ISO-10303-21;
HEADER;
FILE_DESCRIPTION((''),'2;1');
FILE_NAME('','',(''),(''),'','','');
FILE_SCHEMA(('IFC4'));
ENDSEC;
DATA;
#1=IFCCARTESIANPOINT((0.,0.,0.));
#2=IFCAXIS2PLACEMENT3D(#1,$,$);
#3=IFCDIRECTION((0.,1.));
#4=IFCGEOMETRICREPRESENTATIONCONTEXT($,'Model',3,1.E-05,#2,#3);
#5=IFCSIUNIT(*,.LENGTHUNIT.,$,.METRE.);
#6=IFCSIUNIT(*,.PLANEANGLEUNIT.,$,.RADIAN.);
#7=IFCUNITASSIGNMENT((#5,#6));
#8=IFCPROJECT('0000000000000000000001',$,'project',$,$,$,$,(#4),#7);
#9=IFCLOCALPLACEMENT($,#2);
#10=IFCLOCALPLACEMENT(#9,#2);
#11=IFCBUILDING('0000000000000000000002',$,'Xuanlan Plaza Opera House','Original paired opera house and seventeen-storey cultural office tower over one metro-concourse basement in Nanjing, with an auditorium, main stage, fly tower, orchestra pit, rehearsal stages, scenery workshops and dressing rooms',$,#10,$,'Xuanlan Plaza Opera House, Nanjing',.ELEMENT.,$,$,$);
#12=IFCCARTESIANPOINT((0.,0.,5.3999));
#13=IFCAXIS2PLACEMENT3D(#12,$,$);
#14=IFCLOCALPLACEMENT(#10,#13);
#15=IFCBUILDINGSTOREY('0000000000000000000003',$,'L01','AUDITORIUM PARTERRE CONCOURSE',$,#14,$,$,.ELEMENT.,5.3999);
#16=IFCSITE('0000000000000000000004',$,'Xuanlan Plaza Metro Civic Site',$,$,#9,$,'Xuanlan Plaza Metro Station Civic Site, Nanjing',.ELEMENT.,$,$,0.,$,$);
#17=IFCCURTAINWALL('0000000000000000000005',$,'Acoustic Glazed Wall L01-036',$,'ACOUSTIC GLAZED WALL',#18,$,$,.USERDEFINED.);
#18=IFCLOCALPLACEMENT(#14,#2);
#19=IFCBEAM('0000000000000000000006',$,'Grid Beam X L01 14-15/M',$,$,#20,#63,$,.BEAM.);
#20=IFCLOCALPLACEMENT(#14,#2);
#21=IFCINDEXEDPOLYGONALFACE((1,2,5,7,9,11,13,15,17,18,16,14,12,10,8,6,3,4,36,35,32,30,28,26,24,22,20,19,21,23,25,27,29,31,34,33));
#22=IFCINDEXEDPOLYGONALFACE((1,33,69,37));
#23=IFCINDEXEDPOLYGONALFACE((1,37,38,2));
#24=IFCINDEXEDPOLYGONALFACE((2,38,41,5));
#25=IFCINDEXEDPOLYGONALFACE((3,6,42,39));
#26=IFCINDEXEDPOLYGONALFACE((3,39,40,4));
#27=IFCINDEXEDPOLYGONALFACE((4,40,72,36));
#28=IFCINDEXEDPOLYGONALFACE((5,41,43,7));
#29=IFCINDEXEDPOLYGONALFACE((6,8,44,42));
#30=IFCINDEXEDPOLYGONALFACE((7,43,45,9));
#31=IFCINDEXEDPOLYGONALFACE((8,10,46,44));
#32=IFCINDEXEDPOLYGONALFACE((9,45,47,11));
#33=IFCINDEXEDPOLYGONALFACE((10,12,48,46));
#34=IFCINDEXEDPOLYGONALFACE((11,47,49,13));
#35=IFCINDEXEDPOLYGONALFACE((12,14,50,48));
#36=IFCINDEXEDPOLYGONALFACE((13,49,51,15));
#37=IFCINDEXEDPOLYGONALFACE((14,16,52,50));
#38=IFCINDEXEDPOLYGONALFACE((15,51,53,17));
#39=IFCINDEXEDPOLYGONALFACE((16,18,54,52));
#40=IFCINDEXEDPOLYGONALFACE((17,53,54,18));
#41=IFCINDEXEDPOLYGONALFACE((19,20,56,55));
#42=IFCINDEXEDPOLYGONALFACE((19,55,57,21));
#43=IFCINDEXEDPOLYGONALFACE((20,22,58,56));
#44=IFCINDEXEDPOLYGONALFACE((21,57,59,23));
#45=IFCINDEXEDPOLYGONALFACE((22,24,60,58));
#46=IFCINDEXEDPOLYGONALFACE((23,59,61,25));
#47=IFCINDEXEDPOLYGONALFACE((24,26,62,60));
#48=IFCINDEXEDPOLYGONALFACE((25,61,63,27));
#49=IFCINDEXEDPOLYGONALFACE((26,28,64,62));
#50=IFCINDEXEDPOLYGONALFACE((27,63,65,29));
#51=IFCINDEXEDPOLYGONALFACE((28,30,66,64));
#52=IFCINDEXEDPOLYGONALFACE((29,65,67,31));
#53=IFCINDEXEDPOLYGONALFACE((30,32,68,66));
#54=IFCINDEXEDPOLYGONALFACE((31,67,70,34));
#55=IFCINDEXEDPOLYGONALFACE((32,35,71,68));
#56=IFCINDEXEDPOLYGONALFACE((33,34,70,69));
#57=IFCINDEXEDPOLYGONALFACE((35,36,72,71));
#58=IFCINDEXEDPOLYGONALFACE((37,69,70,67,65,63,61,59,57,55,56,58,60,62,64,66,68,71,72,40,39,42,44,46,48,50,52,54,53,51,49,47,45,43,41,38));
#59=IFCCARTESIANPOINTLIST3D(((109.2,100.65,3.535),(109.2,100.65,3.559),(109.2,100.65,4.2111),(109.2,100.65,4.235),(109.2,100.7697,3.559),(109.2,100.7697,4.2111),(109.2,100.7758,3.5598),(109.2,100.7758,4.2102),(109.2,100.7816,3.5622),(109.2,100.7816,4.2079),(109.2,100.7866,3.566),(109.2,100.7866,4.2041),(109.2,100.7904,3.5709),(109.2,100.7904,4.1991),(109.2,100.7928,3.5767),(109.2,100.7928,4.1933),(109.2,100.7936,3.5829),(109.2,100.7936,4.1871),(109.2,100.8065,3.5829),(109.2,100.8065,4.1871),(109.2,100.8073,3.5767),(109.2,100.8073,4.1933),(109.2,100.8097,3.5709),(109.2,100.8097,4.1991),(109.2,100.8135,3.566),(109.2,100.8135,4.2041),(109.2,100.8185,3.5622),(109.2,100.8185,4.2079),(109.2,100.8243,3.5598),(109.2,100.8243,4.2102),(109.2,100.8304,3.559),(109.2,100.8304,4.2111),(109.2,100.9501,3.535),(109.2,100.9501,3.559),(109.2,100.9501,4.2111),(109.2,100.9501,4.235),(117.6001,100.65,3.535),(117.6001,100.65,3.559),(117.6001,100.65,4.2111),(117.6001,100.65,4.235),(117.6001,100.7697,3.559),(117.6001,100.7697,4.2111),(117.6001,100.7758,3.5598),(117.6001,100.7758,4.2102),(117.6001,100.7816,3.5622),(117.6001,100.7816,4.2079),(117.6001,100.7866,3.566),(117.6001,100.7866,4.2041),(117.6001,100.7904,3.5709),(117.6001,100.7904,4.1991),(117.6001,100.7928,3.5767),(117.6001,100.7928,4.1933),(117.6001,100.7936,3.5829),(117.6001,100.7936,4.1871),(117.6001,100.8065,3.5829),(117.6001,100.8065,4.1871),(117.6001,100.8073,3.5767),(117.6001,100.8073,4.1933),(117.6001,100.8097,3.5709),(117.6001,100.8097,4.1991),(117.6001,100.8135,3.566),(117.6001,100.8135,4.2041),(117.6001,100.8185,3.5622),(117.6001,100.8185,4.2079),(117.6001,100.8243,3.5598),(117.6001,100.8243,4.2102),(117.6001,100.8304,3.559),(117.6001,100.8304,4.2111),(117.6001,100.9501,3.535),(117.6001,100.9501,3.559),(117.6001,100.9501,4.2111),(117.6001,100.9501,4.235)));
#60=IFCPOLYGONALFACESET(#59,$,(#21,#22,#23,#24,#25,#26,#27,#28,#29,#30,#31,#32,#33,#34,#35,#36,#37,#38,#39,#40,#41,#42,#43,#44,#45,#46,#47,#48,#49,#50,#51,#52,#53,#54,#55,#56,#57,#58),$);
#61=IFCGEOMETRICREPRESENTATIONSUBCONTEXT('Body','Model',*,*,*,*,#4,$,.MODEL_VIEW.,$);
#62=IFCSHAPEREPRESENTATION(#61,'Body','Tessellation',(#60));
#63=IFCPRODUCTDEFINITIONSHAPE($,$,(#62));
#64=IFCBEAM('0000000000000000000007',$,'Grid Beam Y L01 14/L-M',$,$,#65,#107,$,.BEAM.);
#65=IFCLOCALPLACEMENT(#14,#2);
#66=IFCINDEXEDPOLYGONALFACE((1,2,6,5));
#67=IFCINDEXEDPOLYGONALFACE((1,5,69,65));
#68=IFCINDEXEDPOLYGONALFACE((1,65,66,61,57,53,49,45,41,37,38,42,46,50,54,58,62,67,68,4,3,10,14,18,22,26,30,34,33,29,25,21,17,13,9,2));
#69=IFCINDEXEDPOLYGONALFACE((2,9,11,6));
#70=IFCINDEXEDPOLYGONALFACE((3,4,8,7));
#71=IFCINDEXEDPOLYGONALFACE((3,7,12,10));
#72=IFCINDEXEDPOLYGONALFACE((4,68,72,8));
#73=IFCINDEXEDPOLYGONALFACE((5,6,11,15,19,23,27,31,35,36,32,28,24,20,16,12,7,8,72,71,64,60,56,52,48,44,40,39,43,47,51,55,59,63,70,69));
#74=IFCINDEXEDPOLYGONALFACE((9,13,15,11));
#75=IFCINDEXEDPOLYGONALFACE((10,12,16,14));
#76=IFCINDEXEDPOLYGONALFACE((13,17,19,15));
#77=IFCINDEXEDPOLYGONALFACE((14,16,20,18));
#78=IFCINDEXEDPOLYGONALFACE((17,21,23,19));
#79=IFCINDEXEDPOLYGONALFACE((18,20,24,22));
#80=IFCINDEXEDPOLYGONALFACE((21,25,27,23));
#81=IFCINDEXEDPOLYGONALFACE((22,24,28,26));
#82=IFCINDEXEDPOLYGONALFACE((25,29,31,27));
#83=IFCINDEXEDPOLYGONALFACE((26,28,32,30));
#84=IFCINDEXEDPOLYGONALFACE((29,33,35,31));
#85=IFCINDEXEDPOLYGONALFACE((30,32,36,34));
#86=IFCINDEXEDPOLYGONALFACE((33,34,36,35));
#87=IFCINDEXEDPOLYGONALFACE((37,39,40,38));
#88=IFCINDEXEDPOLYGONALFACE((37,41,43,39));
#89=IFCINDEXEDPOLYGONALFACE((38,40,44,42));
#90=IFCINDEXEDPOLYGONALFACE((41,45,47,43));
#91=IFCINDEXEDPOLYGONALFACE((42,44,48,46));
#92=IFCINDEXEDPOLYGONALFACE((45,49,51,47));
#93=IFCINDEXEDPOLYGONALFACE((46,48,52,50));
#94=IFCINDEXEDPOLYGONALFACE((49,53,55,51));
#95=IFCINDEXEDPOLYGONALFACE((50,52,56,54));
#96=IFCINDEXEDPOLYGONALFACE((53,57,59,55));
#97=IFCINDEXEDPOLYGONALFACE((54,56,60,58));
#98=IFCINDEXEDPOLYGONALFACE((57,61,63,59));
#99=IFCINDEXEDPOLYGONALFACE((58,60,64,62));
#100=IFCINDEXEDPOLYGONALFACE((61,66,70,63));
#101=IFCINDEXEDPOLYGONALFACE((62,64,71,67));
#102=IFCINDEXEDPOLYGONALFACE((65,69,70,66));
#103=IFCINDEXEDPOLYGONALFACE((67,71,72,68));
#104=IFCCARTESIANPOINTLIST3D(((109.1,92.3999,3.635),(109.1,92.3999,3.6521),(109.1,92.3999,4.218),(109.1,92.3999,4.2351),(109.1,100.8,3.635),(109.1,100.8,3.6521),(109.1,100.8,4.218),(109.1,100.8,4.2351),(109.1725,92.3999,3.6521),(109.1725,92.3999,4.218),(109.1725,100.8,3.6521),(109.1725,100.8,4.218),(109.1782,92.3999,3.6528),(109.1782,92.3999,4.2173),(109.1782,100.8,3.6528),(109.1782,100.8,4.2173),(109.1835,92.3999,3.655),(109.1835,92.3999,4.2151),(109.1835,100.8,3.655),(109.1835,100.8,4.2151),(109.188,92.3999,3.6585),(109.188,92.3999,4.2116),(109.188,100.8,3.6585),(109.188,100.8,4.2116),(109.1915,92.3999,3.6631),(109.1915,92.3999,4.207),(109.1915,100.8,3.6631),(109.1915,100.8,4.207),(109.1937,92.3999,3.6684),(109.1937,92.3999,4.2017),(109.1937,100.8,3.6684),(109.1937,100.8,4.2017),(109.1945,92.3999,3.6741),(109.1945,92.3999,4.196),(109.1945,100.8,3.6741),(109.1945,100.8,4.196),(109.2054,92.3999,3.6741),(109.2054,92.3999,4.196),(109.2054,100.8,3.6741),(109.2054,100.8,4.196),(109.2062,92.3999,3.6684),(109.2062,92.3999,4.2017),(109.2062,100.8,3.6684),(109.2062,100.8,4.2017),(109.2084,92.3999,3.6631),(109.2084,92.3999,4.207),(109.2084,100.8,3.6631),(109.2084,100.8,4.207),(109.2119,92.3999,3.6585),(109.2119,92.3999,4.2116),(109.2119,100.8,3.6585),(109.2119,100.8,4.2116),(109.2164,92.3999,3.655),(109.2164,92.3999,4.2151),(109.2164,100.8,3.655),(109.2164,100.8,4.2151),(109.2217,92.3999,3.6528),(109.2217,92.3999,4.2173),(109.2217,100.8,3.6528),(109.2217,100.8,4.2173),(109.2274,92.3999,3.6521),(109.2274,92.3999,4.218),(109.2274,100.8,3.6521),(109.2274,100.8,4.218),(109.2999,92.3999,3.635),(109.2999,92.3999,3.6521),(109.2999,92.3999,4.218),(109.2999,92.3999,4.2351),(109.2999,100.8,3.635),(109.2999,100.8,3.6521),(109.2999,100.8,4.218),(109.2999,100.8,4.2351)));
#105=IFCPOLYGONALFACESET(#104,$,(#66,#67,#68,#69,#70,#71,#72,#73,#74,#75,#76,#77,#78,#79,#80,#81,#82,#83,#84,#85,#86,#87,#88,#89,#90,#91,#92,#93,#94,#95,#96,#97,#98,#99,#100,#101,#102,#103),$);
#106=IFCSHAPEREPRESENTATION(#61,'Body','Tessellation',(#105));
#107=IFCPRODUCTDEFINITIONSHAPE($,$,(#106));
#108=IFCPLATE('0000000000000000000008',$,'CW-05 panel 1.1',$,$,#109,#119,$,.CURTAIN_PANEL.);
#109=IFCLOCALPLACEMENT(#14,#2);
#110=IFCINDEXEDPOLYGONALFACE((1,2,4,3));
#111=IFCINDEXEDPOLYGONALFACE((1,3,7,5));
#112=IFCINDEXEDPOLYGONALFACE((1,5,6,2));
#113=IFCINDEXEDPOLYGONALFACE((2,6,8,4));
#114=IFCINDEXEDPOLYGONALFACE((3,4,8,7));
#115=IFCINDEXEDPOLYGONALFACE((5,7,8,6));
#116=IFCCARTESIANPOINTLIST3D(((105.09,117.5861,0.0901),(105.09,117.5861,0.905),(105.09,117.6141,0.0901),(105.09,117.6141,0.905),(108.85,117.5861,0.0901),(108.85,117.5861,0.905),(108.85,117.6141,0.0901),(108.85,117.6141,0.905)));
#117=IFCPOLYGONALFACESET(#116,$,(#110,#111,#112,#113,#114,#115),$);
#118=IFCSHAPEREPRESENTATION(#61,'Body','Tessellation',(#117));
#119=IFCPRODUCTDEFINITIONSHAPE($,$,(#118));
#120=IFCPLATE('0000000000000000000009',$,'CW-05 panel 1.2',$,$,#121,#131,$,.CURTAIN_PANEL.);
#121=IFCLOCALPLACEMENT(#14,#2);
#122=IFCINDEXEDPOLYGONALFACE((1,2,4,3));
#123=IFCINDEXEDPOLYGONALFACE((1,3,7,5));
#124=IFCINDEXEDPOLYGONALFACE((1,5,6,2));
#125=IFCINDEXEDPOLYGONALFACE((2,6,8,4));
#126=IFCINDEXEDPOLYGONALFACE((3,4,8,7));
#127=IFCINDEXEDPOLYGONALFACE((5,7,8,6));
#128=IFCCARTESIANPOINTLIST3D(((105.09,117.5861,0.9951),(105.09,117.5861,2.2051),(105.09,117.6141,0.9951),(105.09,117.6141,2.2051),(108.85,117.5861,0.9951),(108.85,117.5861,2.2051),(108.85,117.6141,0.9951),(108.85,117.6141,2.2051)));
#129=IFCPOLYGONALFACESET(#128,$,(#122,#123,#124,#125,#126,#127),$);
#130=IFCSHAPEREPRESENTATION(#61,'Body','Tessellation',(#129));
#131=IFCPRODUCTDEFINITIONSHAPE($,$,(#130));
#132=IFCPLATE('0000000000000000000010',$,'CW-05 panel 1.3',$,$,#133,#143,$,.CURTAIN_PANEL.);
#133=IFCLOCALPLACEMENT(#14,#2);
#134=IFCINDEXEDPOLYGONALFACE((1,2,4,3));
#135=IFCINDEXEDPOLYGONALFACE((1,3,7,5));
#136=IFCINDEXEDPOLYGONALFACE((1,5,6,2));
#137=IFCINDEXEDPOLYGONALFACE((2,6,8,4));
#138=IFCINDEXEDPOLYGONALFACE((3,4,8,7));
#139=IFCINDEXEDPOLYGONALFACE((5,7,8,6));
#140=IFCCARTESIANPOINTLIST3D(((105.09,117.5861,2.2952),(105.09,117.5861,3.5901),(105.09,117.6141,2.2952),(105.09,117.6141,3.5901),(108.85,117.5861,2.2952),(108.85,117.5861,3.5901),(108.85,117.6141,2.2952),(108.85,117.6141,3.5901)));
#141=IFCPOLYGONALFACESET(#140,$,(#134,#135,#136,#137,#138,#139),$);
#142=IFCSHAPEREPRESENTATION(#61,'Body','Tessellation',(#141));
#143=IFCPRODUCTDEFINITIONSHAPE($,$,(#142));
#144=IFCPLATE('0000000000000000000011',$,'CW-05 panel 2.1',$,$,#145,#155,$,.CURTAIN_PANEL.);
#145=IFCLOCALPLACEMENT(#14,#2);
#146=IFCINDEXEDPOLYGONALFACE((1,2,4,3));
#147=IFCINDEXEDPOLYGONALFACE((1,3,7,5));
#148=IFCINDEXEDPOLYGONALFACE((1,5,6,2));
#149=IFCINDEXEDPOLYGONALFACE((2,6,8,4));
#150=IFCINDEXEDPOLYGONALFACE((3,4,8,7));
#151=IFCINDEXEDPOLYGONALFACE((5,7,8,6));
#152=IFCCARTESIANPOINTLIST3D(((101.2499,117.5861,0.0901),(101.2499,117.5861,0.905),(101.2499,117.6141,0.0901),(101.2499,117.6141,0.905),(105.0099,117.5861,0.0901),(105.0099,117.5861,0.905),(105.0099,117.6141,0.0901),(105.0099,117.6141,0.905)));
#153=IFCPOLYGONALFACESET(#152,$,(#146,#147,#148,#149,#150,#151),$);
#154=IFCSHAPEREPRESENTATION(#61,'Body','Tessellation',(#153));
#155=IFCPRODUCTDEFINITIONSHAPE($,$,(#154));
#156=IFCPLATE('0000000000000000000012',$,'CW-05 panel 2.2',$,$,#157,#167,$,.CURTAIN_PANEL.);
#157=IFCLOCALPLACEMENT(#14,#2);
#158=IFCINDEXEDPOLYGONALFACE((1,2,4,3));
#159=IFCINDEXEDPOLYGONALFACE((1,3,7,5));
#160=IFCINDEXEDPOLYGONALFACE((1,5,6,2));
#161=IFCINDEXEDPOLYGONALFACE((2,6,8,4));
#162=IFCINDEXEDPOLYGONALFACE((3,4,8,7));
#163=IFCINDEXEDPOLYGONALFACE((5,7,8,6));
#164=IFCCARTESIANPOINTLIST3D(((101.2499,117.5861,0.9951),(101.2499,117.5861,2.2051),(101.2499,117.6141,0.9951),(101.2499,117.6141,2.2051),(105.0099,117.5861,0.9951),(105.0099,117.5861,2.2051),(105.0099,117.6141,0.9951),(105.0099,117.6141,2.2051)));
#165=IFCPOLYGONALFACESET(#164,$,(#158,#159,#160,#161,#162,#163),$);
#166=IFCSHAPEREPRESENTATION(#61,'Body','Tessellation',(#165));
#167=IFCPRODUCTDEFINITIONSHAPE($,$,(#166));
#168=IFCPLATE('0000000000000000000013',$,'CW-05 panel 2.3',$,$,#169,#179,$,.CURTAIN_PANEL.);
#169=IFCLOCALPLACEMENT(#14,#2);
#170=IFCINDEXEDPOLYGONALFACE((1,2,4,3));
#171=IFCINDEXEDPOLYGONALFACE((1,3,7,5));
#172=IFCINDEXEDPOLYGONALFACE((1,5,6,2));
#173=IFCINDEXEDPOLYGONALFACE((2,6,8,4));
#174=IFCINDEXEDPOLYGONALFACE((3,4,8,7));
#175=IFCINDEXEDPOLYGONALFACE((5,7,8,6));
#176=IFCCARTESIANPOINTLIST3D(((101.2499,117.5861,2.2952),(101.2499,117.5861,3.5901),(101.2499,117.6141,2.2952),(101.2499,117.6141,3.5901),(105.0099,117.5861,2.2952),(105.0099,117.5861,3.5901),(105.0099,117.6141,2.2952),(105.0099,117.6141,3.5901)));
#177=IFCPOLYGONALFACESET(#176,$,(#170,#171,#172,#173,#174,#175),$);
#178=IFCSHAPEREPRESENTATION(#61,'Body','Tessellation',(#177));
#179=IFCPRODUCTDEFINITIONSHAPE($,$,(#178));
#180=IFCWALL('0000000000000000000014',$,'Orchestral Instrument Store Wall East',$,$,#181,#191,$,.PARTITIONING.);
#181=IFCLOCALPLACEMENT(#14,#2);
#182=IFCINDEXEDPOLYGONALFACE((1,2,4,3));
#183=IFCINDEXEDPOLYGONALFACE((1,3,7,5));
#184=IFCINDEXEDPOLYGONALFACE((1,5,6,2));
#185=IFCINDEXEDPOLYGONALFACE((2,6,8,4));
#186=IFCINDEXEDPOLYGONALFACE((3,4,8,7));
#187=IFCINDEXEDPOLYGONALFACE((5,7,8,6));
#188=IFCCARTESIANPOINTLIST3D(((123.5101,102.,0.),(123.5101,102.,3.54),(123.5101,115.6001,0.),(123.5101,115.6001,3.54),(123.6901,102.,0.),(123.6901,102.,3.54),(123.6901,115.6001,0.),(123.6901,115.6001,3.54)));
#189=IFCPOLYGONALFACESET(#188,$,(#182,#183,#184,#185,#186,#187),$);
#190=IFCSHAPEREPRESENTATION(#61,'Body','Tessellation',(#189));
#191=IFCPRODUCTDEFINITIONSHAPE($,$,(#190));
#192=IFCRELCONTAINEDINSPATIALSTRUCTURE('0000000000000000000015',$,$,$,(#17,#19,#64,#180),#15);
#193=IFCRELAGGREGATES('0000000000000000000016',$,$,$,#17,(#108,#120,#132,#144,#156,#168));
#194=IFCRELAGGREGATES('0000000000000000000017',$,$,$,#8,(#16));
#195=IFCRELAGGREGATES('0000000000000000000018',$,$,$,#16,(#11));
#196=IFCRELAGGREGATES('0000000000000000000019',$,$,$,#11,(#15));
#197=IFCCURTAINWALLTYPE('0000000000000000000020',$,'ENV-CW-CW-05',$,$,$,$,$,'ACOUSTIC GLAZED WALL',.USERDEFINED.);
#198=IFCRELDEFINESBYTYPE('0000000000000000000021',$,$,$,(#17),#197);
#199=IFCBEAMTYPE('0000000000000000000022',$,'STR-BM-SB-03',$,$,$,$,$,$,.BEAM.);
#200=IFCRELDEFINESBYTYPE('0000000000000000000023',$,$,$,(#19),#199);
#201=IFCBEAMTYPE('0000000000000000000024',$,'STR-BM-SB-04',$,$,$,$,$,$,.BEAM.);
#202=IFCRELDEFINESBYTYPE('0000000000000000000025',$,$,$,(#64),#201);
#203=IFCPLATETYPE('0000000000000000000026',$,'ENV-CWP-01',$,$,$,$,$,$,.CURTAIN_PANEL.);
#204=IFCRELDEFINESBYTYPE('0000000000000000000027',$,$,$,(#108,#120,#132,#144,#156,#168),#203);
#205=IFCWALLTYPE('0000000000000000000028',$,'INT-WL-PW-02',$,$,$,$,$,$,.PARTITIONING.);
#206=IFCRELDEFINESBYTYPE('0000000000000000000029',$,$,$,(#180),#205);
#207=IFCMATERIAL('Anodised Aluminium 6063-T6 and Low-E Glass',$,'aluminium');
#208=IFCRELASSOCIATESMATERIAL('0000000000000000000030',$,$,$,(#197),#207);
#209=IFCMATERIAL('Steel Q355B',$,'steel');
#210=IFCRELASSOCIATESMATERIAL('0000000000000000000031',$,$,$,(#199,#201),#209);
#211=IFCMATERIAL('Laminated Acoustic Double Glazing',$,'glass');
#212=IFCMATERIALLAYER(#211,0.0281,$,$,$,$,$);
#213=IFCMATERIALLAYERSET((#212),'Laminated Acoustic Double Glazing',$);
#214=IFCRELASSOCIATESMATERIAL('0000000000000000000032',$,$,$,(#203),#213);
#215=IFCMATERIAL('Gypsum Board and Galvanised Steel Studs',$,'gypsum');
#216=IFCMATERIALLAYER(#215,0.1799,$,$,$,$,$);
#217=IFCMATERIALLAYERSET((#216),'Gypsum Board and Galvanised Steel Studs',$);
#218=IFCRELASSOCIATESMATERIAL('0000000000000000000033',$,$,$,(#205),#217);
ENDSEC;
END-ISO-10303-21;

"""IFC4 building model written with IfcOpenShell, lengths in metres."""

from ifc_helpers import new_model, si_unit, direction, frame, frame_2d, origin, origin_2d, place, context, subcontext, project, spatial, rectangle, i_section, extrude, material, layer, layer_set, material_profile, profile_set, type_object, element, aggregate, save


model = new_model("IFC4")

# Units and contexts
model_context = context("Model", 3, precision=1e-05, world=origin(), true_north=direction((0.0, 1.0)))
body_context = subcontext(model_context, "Body", "Model", "MODEL_VIEW")
ifc_project = project(units=[si_unit("LENGTHUNIT", "METRE"), si_unit("PLANEANGLEUNIT", "RADIAN")], contexts=[model_context])

# Site, building, storey
site_placement = place(None, origin())
site = spatial("IfcSite", under=ifc_project, at=site_placement, Name="Xuanlan Plaza Metro Civic Site", LongName="Xuanlan Plaza Metro Station Civic Site, Nanjing", CompositionType="ELEMENT", RefElevation=0.0)
building_placement = place(site_placement, origin())
building = spatial("IfcBuilding", under=site, at=building_placement, Name="Xuanlan Plaza Opera House", Description="Original paired opera house and seventeen-storey cultural office tower over one metro-concourse basement in Nanjing, with an auditorium, main stage, fly tower, orchestra pit, rehearsal stages, scenery workshops and dressing rooms", LongName="Xuanlan Plaza Opera House, Nanjing", CompositionType="ELEMENT")
storey_placement = place(building_placement, frame((0.0, 0.0, 5.3999)))
storey = spatial("IfcBuildingStorey", under=building, at=storey_placement, Name="L01", Description="AUDITORIUM PARTERRE CONCOURSE", CompositionType="ELEMENT", Elevation=5.3999)

# Curtain wall
ifc_material_1 = material(Name="Anodised Aluminium 6063-T6 and Low-E Glass", Category="aluminium")
curtain_wall_type = type_object("IfcCurtainWallType", Name="ENV-CW-CW-05", ElementType="ACOUSTIC GLAZED WALL", PredefinedType="USERDEFINED", material=ifc_material_1)
curtain_wall_placement = place(storey_placement, origin())
curtain_wall = element("IfcCurtainWall", 1, at=curtain_wall_placement, inside=storey, type_object=curtain_wall_type, Name="Acoustic Glazed Wall L01-036", ObjectType="ACOUSTIC GLAZED WALL", PredefinedType="USERDEFINED")

# Beams
ifc_material_2 = material(Name="Steel Q355B", Category="steel")
ifc_material_profile_1 = material_profile(ifc_material_2, i_section(OverallWidth=0.3, OverallDepth=0.7, WebThickness=0.0129, FlangeThickness=0.0239, FilletRadius=0.0239, at=origin_2d()), Name="HN 700x300x13x24")
ifc_profile_set_1 = profile_set([ifc_material_profile_1], Name="Steel Q355B")
beam_type_1 = type_object("IfcBeamType", Name="STR-BM-SB-03", PredefinedType="BEAM", material=ifc_profile_set_1)
beam_1_placement = place(storey_placement, frame((109.2, 100.8, 3.885), z_axis=(1.0, 0.0, 0.0), x_axis=(0.0, 1.0, 0.0)))
element("IfcBeam", 2, at=beam_1_placement, inside=storey, type_object=beam_type_1, Name="Grid Beam X L01 14-15/M", PredefinedType="BEAM", context=body_context, shape_type="SweptSolid", body=[
    extrude(i_section(OverallWidth=0.3, OverallDepth=0.7, WebThickness=0.0129, FlangeThickness=0.0239, FilletRadius=0.0239, at=origin_2d()), origin(), (0.0, 0.0, 1.0), 8.4001),
])
ifc_material_profile_2 = material_profile(ifc_material_2, i_section(OverallWidth=0.2, OverallDepth=0.6001, WebThickness=0.011, FlangeThickness=0.0171, FilletRadius=0.022, at=origin_2d()), Name="HN 600x200x11x17")
ifc_profile_set_2 = profile_set([ifc_material_profile_2], Name="Steel Q355B")
beam_type_2 = type_object("IfcBeamType", Name="STR-BM-SB-04", PredefinedType="BEAM", material=ifc_profile_set_2)
beam_2_placement = place(storey_placement, frame((109.2, 92.3999, 3.9351), z_axis=(0.0, 1.0, 0.0), x_axis=(-1.0, 0.0, 0.0)))
element("IfcBeam", 3, at=beam_2_placement, inside=storey, type_object=beam_type_2, Name="Grid Beam Y L01 14/L-M", PredefinedType="BEAM", context=body_context, shape_type="SweptSolid", body=[
    extrude(i_section(OverallWidth=0.2, OverallDepth=0.6001, WebThickness=0.011, FlangeThickness=0.0171, FilletRadius=0.022, at=origin_2d()), origin(), (0.0, 0.0, 1.0), 8.4001),
])

# Plates
ifc_material_3 = material(Name="Laminated Acoustic Double Glazing", Category="glass")
ifc_layer_1 = layer(ifc_material_3, 0.0281)
ifc_layer_set_1 = layer_set([ifc_layer_1], Name="Laminated Acoustic Double Glazing")
plate_type = type_object("IfcPlateType", Name="ENV-CWP-01", PredefinedType="CURTAIN_PANEL", material=ifc_layer_set_1)
plate_1_placement = place(storey_placement, frame((106.97, 117.6001, 0.0901), z_axis=(0.0, 0.0, 1.0), x_axis=(-1.0, 0.0, 0.0)))
plate_1 = element("IfcPlate", 4, at=plate_1_placement, type_object=plate_type, Name="CW-05 panel 1.1", PredefinedType="CURTAIN_PANEL", context=body_context, shape_type="SweptSolid", body=[
    extrude(rectangle(XDim=3.76, YDim=0.0281, at=origin_2d()), origin(), (0.0, 0.0, 1.0), 0.8149),
])
plate_2_placement = place(storey_placement, frame((106.97, 117.6001, 0.9951), z_axis=(0.0, 0.0, 1.0), x_axis=(-1.0, 0.0, 0.0)))
plate_2 = element("IfcPlate", 5, at=plate_2_placement, type_object=plate_type, Name="CW-05 panel 1.2", PredefinedType="CURTAIN_PANEL", context=body_context, shape_type="SweptSolid", body=[
    extrude(rectangle(XDim=3.76, YDim=0.0281, at=origin_2d()), origin(), (0.0, 0.0, 1.0), 1.21),
])
plate_3_placement = place(storey_placement, frame((106.97, 117.6001, 2.2952), z_axis=(0.0, 0.0, 1.0), x_axis=(-1.0, 0.0, 0.0)))
plate_3 = element("IfcPlate", 6, at=plate_3_placement, type_object=plate_type, Name="CW-05 panel 1.3", PredefinedType="CURTAIN_PANEL", context=body_context, shape_type="SweptSolid", body=[
    extrude(rectangle(XDim=3.76, YDim=0.0281, at=origin_2d()), origin(), (0.0, 0.0, 1.0), 1.2949),
])
plate_4_placement = place(storey_placement, frame((103.1299, 117.6001, 0.0901), z_axis=(0.0, 0.0, 1.0), x_axis=(-1.0, 0.0, 0.0)))
plate_4 = element("IfcPlate", 7, at=plate_4_placement, type_object=plate_type, Name="CW-05 panel 2.1", PredefinedType="CURTAIN_PANEL", context=body_context, shape_type="SweptSolid", body=[
    extrude(rectangle(XDim=3.76, YDim=0.0281, at=origin_2d()), origin(), (0.0, 0.0, 1.0), 0.8149),
])
plate_5_placement = place(storey_placement, frame((103.1299, 117.6001, 0.9951), z_axis=(0.0, 0.0, 1.0), x_axis=(-1.0, 0.0, 0.0)))
plate_5 = element("IfcPlate", 8, at=plate_5_placement, type_object=plate_type, Name="CW-05 panel 2.2", PredefinedType="CURTAIN_PANEL", context=body_context, shape_type="SweptSolid", body=[
    extrude(rectangle(XDim=3.76, YDim=0.0281, at=origin_2d()), origin(), (0.0, 0.0, 1.0), 1.21),
])
plate_6_placement = place(storey_placement, frame((103.1299, 117.6001, 2.2952), z_axis=(0.0, 0.0, 1.0), x_axis=(-1.0, 0.0, 0.0)))
plate_6 = element("IfcPlate", 9, at=plate_6_placement, type_object=plate_type, Name="CW-05 panel 2.3", PredefinedType="CURTAIN_PANEL", context=body_context, shape_type="SweptSolid", body=[
    extrude(rectangle(XDim=3.76, YDim=0.0281, at=origin_2d()), origin(), (0.0, 0.0, 1.0), 1.2949),
])
aggregate(curtain_wall, [plate_1, plate_2, plate_3, plate_4, plate_5, plate_6])

# Wall
ifc_material_4 = material(Name="Gypsum Board and Galvanised Steel Studs", Category="gypsum")
ifc_layer_2 = layer(ifc_material_4, 0.1799)
ifc_layer_set_2 = layer_set([ifc_layer_2], Name="Gypsum Board and Galvanised Steel Studs")
wall_type = type_object("IfcWallType", Name="INT-WL-PW-02", PredefinedType="PARTITIONING", material=ifc_layer_set_2)
wall_1_placement = place(storey_placement, frame((123.6001, 102.0, 0.0), z_axis=(0.0, 0.0, 1.0), x_axis=(0.0, 1.0, 0.0)))
element("IfcWall", 10, at=wall_1_placement, inside=storey, type_object=wall_type, Name="Orchestral Instrument Store Wall East", PredefinedType="PARTITIONING", context=body_context, shape_type="SweptSolid", body=[
    extrude(rectangle(XDim=13.6001, YDim=0.1799, at=frame_2d((6.8, 0.0))), origin(), (0.0, 0.0, 1.0), 3.54),
])

save(model, "model.ifc")
